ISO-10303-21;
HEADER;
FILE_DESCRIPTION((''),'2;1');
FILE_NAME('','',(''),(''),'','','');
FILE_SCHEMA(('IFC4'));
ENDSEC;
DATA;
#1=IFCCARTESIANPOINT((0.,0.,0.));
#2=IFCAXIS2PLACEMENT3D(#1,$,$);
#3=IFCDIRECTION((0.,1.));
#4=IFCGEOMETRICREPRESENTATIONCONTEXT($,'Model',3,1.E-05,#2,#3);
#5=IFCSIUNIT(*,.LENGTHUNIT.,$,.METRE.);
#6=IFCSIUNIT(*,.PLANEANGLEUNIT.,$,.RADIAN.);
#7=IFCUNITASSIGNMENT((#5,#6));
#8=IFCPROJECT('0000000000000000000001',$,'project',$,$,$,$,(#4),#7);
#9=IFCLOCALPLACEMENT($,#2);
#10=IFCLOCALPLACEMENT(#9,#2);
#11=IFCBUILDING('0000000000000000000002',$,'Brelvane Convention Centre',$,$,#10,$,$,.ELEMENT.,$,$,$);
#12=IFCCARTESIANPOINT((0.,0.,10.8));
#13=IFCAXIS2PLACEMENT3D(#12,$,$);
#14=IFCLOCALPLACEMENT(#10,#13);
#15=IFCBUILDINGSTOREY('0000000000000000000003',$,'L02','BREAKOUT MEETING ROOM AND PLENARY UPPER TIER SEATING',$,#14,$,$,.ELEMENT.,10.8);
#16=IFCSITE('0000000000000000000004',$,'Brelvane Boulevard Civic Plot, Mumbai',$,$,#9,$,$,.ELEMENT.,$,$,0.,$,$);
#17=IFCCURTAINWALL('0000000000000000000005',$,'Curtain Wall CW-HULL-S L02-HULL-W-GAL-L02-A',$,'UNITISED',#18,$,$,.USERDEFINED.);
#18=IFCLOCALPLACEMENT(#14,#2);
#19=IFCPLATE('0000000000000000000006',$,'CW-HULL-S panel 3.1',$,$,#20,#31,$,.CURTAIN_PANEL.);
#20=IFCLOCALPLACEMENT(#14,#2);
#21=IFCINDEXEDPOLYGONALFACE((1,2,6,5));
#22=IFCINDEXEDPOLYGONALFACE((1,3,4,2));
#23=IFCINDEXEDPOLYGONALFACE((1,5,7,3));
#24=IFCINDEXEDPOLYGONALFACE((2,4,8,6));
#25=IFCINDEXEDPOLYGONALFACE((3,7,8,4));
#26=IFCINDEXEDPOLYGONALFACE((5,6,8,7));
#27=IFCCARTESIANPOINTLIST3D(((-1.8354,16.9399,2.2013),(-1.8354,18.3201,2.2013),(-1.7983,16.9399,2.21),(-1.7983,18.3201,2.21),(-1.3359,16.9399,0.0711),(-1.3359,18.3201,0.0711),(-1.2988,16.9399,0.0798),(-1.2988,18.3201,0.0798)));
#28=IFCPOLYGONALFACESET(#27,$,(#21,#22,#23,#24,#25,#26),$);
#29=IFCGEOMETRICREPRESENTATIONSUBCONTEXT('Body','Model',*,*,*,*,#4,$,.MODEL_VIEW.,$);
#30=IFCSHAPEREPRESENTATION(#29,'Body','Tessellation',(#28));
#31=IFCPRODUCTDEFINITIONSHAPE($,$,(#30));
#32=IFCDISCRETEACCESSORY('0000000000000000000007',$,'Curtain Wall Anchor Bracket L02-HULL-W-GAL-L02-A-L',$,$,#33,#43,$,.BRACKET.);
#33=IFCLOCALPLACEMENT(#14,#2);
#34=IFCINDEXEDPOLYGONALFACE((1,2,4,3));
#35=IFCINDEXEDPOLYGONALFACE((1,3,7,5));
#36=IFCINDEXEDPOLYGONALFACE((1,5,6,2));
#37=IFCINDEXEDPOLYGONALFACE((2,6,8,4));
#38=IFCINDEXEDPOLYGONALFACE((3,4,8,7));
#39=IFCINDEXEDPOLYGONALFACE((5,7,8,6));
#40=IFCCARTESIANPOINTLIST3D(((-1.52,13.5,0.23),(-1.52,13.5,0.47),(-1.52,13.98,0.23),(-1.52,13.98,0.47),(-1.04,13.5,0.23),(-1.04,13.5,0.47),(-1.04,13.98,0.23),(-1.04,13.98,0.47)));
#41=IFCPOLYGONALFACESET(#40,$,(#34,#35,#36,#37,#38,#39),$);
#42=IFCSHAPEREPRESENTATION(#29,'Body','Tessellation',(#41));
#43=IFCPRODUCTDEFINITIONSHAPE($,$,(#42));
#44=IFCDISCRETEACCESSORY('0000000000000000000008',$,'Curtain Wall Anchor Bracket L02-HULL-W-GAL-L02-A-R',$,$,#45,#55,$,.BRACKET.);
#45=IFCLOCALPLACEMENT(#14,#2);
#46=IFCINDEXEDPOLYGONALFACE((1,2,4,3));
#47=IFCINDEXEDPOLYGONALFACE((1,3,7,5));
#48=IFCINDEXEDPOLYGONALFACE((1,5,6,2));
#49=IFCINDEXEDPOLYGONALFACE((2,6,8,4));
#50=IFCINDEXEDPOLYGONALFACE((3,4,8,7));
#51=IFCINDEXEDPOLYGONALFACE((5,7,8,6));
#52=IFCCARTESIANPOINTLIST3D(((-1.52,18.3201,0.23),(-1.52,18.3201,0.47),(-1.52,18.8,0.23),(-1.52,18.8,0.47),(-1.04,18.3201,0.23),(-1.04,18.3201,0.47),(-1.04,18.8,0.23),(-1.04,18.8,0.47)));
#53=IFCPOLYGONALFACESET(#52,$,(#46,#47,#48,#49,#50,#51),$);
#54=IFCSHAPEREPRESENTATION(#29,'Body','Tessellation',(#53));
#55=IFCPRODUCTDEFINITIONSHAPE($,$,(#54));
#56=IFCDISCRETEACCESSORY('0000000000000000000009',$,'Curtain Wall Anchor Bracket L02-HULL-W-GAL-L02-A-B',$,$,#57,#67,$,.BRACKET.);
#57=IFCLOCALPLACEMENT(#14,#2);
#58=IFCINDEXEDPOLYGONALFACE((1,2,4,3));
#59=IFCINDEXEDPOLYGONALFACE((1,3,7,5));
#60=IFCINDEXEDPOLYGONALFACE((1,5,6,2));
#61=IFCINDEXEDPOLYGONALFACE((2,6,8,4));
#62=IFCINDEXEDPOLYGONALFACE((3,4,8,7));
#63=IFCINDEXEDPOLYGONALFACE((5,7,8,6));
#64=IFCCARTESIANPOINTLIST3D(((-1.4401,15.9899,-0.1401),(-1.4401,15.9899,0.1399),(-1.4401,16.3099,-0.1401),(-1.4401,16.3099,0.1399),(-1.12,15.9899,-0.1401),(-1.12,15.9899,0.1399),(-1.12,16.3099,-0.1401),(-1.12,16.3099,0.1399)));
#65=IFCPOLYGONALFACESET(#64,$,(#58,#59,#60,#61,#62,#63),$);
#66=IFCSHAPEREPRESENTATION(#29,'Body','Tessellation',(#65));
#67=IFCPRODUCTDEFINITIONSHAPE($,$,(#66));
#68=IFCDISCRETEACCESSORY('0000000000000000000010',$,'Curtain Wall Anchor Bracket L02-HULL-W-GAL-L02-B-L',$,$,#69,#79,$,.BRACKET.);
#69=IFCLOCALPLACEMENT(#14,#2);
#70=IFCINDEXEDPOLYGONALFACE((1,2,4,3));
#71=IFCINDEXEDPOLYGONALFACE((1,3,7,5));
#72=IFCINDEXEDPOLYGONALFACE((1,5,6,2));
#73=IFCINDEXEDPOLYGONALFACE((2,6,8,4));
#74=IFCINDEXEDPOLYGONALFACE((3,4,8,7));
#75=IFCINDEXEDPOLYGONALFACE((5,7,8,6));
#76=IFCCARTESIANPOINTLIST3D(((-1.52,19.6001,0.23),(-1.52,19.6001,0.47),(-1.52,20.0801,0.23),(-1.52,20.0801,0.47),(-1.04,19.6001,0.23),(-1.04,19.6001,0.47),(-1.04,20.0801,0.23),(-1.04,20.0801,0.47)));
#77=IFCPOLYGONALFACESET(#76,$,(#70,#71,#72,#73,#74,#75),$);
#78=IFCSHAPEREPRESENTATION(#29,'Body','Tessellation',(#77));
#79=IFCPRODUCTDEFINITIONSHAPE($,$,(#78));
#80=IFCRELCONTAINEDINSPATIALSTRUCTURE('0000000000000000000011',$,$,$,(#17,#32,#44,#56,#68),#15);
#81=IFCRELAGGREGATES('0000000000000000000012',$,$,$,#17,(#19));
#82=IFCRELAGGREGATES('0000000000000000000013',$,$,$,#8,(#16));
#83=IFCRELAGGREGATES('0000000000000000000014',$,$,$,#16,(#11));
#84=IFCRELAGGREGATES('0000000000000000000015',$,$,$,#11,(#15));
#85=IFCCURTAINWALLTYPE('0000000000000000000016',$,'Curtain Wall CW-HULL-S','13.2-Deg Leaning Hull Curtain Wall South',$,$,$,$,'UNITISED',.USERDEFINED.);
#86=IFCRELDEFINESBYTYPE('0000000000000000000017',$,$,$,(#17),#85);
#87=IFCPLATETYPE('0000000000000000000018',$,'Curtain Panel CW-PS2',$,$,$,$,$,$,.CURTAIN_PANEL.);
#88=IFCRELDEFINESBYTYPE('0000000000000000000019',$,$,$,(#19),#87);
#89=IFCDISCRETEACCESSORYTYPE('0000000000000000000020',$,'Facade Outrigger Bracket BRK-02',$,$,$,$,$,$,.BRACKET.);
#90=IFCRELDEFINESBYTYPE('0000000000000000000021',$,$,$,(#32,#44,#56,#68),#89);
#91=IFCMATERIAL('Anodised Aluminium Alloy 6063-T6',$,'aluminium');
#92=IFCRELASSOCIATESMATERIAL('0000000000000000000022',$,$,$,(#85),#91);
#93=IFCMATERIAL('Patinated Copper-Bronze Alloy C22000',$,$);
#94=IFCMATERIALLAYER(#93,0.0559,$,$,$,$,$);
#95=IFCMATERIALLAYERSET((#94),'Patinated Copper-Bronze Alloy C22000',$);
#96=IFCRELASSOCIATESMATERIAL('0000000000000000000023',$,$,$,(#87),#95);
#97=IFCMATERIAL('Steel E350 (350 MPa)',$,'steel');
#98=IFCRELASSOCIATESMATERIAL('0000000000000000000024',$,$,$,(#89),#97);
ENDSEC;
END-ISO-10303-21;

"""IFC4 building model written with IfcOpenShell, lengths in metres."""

from ifc_helpers import new_model, si_unit, direction, frame, origin, origin_2d, place, context, subcontext, project, spatial, polyline, rectangle, outline, extrude, material, layer, layer_set, type_object, element, aggregate, save


model = new_model("IFC4")

# Units and contexts
model_context = context("Model", 3, precision=1e-05, world=origin(), true_north=direction((0.0, 1.0)))
body_context = subcontext(model_context, "Body", "Model", "MODEL_VIEW")
ifc_project = project(units=[si_unit("LENGTHUNIT", "METRE"), si_unit("PLANEANGLEUNIT", "RADIAN")], contexts=[model_context])

# Site, building, storey
site_placement = place(None, origin())
site = spatial("IfcSite", under=ifc_project, at=site_placement, Name="Brelvane Boulevard Civic Plot, Mumbai", CompositionType="ELEMENT", RefElevation=0.0)
building_placement = place(site_placement, origin())
building = spatial("IfcBuilding", under=site, at=building_placement, Name="Brelvane Convention Centre", CompositionType="ELEMENT")
storey_placement = place(building_placement, frame((0.0, 0.0, 10.8)))
storey = spatial("IfcBuildingStorey", under=building, at=storey_placement, Name="L02", Description="BREAKOUT MEETING ROOM AND PLENARY UPPER TIER SEATING", CompositionType="ELEMENT", Elevation=10.8)

# Curtain wall
ifc_material_1 = material(Name="Anodised Aluminium Alloy 6063-T6", Category="aluminium")
curtain_wall_type = type_object("IfcCurtainWallType", Name="Curtain Wall CW-HULL-S", Description="13.2-Deg Leaning Hull Curtain Wall South", ElementType="UNITISED", PredefinedType="USERDEFINED", material=ifc_material_1)
curtain_wall_1_placement = place(storey_placement, origin())
curtain_wall_1 = element("IfcCurtainWall", 1, at=curtain_wall_1_placement, inside=storey, type_object=curtain_wall_type, Name="Curtain Wall CW-HULL-S L02-HULL-W-GAL-L02-A", ObjectType="UNITISED", PredefinedType="USERDEFINED")

# Plate
ifc_material_2 = material(Name="Patinated Copper-Bronze Alloy C22000")
ifc_layer_1 = layer(ifc_material_2, 0.0559)
ifc_layer_set_1 = layer_set([ifc_layer_1], Name="Patinated Copper-Bronze Alloy C22000")
plate_type_1 = type_object("IfcPlateType", Name="Curtain Panel CW-PS2", PredefinedType="CURTAIN_PANEL", material=ifc_layer_set_1)
plate_1_placement = place(storey_placement, frame((-1.2988, 16.9399, 0.0798), z_axis=(0.97359, 0.0, 0.228305), x_axis=(0.0, 1.0, 0.0)))
plate_1 = element("IfcPlate", 2, at=plate_1_placement, type_object=plate_type_1, Name="CW-HULL-S panel 3.1", PredefinedType="CURTAIN_PANEL", context=body_context, shape_type="SweptSolid", body=[
    extrude(outline(polyline([(0.0, 0.0), (1.3801, 0.0), (1.3801, 2.1879), (0.0, 2.1879), (0.0, 0.0)])), origin(), (0.0, 0.0, -1.0), 0.0381),
])
aggregate(curtain_wall_1, [plate_1])

# Discrete accessories
ifc_material_3 = material(Name="Steel E350 (350 MPa)", Category="steel")
discrete_accessory_type = type_object("IfcDiscreteAccessoryType", Name="Facade Outrigger Bracket BRK-02", PredefinedType="BRACKET", material=ifc_material_3)
for number, where, z_axis, x_axis, name in (
    (3, (-1.28, 13.74, 0.23), (0.0, 0.0, 1.0), (1.0, 0.0, 0.0), "Curtain Wall Anchor Bracket L02-HULL-W-GAL-L02-A-L"),
    (4, (-1.28, 18.5601, 0.23), (0.0, 0.0, 1.0), (1.0, 0.0, 0.0), "Curtain Wall Anchor Bracket L02-HULL-W-GAL-L02-A-R"),
):
    element("IfcDiscreteAccessory", number, at=place(storey_placement, frame(where, z_axis=z_axis, x_axis=x_axis)), inside=storey, type_object=discrete_accessory_type, Name=name, PredefinedType="BRACKET", context=body_context, shape_type="SweptSolid", body=[
        extrude(rectangle(XDim=0.48, YDim=0.48, at=origin_2d()), origin(), (0.0, 0.0, 1.0), 0.24),
    ])
discrete_accessory_1_placement = place(storey_placement, frame((-1.28, 16.1499, -0.1401), z_axis=(0.0, 0.0, 1.0), x_axis=(1.0, 0.0, 0.0)))
element("IfcDiscreteAccessory", 5, at=discrete_accessory_1_placement, inside=storey, type_object=discrete_accessory_type, Name="Curtain Wall Anchor Bracket L02-HULL-W-GAL-L02-A-B", PredefinedType="BRACKET", context=body_context, shape_type="SweptSolid", body=[
    extrude(rectangle(XDim=0.3201, YDim=0.3201, at=origin_2d()), origin(), (0.0, 0.0, 1.0), 0.28),
])
discrete_accessory_2_placement = place(storey_placement, frame((-1.28, 19.8401, 0.23), z_axis=(0.0, 0.0, 1.0), x_axis=(1.0, 0.0, 0.0)))
element("IfcDiscreteAccessory", 6, at=discrete_accessory_2_placement, inside=storey, type_object=discrete_accessory_type, Name="Curtain Wall Anchor Bracket L02-HULL-W-GAL-L02-B-L", PredefinedType="BRACKET", context=body_context, shape_type="SweptSolid", body=[
    extrude(rectangle(XDim=0.48, YDim=0.48, at=origin_2d()), origin(), (0.0, 0.0, 1.0), 0.24),
])

save(model, "model.ifc")
